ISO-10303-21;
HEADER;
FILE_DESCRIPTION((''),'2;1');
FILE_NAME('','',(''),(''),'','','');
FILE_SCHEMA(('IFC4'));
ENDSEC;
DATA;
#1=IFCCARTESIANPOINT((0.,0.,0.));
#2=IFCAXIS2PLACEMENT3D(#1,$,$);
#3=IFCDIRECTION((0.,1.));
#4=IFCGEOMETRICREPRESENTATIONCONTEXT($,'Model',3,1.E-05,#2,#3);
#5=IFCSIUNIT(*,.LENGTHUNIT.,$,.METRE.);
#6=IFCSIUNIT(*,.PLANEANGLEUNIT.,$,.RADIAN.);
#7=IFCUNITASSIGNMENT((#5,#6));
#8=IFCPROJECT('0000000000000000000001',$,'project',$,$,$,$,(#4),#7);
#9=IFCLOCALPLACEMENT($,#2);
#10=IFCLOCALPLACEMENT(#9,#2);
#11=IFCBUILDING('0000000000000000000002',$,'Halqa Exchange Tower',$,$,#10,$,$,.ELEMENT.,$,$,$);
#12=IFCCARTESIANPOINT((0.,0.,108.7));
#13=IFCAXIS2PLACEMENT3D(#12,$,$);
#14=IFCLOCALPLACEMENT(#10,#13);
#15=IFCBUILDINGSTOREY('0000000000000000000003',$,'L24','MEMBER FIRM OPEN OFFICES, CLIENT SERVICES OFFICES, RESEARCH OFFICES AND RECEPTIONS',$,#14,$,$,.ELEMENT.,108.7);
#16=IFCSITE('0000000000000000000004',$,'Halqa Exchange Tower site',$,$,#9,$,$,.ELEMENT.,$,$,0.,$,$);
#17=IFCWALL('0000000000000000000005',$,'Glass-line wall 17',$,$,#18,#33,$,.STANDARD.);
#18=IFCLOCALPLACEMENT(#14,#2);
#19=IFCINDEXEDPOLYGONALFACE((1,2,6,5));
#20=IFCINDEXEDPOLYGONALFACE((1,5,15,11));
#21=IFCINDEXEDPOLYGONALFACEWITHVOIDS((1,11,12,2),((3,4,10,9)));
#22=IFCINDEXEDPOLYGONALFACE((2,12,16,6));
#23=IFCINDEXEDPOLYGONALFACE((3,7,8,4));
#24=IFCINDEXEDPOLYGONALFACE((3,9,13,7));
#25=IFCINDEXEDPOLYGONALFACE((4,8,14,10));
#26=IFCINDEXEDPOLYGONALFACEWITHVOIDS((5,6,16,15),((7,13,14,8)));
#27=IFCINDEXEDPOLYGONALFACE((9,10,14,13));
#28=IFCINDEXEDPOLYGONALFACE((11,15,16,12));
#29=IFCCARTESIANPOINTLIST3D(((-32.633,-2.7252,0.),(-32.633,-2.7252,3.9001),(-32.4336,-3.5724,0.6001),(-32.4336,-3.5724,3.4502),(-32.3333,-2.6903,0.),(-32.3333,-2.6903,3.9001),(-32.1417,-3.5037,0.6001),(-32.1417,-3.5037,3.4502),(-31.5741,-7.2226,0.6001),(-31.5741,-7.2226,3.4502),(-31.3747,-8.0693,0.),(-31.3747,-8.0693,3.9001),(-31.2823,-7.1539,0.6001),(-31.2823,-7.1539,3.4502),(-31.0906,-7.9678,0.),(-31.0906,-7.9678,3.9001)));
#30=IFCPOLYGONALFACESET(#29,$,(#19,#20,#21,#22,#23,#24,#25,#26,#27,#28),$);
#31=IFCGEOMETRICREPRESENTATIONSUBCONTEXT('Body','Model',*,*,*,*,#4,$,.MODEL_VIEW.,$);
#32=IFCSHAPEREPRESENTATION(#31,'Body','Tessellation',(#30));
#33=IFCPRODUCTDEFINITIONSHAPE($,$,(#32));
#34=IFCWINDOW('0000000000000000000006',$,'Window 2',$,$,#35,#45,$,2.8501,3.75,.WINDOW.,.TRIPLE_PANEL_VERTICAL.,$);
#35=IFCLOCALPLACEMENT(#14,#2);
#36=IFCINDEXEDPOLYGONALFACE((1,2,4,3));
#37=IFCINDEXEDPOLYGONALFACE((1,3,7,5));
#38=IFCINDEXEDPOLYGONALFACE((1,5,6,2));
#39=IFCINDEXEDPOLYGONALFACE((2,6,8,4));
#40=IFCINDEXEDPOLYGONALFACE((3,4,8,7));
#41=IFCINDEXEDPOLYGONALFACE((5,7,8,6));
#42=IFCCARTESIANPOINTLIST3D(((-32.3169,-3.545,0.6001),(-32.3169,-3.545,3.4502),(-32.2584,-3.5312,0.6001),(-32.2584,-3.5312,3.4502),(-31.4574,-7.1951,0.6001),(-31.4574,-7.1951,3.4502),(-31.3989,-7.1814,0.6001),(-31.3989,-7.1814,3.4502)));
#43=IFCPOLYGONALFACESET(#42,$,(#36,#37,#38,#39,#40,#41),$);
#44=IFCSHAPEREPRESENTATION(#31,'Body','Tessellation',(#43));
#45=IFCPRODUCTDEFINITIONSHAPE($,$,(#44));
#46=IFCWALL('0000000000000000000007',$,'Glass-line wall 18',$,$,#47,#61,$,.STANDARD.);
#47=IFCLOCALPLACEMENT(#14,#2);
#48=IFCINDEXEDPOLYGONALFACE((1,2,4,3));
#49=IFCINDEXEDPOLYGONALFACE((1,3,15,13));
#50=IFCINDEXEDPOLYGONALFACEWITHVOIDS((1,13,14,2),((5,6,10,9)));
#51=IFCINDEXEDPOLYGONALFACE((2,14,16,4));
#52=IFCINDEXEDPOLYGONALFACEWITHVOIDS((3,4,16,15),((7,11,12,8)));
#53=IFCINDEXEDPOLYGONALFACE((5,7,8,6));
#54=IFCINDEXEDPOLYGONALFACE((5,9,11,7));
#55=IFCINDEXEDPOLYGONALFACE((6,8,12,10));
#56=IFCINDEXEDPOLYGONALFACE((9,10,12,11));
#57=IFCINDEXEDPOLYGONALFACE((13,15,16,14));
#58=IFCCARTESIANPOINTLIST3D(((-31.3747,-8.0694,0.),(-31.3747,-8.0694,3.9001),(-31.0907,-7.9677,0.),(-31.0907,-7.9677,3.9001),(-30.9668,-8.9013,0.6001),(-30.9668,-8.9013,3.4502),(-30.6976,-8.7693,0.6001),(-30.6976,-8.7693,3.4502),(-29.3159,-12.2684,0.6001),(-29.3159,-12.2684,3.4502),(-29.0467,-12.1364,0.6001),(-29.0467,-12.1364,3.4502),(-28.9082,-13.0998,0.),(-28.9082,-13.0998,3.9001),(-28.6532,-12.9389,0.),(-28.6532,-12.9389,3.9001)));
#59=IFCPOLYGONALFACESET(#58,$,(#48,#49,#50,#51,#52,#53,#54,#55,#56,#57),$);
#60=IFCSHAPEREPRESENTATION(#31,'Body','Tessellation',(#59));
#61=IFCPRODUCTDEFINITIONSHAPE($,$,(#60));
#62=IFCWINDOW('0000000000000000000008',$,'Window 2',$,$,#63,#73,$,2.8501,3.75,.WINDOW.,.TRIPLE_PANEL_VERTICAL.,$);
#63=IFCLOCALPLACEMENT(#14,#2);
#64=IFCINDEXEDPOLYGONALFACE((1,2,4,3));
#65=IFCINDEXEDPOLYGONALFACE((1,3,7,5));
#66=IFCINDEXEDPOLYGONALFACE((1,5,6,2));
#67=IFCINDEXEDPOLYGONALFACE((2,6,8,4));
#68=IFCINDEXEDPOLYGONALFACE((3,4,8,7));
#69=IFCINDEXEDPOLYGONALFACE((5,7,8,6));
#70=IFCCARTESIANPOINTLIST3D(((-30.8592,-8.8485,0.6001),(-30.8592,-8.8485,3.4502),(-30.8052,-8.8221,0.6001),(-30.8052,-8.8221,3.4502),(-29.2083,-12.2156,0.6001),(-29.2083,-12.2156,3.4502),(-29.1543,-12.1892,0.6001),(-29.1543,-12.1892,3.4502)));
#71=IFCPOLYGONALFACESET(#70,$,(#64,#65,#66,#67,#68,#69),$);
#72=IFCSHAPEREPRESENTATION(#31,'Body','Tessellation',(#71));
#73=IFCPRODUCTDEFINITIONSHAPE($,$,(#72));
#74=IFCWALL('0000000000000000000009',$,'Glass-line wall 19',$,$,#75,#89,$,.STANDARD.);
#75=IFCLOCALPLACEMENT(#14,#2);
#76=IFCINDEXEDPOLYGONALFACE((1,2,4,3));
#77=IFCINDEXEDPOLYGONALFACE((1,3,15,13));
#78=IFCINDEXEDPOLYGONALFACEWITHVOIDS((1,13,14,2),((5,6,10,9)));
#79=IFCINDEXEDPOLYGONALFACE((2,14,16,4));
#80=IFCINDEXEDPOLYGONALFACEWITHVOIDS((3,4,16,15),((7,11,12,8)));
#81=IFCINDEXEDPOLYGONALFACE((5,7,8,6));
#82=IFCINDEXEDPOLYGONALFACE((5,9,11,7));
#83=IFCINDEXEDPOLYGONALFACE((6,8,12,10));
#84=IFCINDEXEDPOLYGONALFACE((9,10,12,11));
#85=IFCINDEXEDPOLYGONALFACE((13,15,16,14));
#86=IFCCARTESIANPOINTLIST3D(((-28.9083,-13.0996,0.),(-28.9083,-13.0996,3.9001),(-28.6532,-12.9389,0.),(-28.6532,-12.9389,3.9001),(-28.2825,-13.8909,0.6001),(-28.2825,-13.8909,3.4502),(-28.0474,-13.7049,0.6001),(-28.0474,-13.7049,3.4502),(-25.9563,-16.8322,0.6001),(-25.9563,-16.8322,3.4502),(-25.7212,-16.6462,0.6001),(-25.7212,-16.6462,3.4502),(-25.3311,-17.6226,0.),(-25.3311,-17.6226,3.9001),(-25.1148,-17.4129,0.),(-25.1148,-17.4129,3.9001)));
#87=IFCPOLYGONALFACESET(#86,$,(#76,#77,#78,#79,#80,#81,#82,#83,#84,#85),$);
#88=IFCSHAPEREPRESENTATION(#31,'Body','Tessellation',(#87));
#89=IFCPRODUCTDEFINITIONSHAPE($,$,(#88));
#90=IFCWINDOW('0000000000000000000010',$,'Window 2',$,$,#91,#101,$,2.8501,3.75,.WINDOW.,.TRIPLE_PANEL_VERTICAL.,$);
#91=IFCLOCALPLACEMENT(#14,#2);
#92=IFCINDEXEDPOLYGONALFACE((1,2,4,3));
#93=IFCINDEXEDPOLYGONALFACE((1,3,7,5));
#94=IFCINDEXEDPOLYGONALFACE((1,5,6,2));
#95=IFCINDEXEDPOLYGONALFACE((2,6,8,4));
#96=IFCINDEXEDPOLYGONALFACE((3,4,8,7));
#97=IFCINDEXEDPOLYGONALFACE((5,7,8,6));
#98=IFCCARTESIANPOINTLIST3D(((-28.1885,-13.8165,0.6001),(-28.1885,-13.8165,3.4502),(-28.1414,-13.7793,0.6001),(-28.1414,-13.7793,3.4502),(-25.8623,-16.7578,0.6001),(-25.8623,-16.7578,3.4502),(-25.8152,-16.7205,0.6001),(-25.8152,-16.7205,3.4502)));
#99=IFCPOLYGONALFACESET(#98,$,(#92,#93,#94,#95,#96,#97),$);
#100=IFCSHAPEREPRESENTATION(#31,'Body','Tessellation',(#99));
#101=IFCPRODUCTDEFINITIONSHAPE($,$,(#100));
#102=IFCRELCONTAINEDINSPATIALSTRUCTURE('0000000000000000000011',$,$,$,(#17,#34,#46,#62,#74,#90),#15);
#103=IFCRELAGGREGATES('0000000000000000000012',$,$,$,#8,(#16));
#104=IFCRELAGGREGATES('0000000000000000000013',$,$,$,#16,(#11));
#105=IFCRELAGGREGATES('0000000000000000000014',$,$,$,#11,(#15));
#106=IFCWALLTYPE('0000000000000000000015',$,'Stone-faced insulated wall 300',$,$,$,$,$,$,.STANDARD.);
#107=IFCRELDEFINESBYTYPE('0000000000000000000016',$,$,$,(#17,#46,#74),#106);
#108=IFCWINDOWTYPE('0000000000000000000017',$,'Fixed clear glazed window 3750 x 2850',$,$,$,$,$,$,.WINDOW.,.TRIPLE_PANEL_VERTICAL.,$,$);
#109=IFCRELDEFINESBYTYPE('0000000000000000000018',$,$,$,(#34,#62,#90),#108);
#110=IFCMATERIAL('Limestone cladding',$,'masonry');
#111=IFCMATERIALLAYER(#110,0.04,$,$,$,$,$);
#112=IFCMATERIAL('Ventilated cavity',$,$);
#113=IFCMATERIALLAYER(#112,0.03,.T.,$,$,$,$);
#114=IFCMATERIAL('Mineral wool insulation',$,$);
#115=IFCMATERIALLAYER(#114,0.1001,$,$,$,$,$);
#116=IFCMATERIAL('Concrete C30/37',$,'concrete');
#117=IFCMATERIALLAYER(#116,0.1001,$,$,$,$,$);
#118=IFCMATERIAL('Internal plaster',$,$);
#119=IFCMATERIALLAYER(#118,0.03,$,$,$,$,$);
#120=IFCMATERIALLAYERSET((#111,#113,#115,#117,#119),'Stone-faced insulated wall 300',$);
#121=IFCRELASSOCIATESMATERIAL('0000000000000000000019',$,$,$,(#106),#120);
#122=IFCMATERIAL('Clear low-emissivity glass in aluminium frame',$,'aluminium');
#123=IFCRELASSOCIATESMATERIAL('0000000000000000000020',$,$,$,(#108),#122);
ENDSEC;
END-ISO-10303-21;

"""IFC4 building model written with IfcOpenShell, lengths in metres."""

from ifc_helpers import new_model, si_unit, direction, frame, frame_2d, origin, place, context, subcontext, project, spatial, polyline, rectangle, outline, extrude, material, layer, layer_set, type_object, element, fill, save


model = new_model("IFC4")

# Units and contexts
model_context = context("Model", 3, precision=1e-05, world=origin(), true_north=direction((0.0, 1.0)))
body_context = subcontext(model_context, "Body", "Model", "MODEL_VIEW")
ifc_project = project(units=[si_unit("LENGTHUNIT", "METRE"), si_unit("PLANEANGLEUNIT", "RADIAN")], contexts=[model_context])

# Site, building, storey
site_placement = place(None, origin())
site = spatial("IfcSite", under=ifc_project, at=site_placement, Name="Halqa Exchange Tower site", CompositionType="ELEMENT", RefElevation=0.0)
building_placement = place(site_placement, origin())
building = spatial("IfcBuilding", under=site, at=building_placement, Name="Halqa Exchange Tower", CompositionType="ELEMENT")
storey_placement = place(building_placement, frame((0.0, 0.0, 108.7)))
storey = spatial("IfcBuildingStorey", under=building, at=storey_placement, Name="L24", Description="MEMBER FIRM OPEN OFFICES, CLIENT SERVICES OFFICES, RESEARCH OFFICES AND RECEPTIONS", CompositionType="ELEMENT", Elevation=108.7)

# Walls, openings, windows
ifc_material_1 = material(Name="Limestone cladding", Category="masonry")
ifc_layer_1 = layer(ifc_material_1, 0.04)
ifc_material_2 = material(Name="Ventilated cavity")
ifc_layer_2 = layer(ifc_material_2, 0.03, ventilated=True)
ifc_material_3 = material(Name="Mineral wool insulation")
ifc_layer_3 = layer(ifc_material_3, 0.1001)
ifc_material_4 = material(Name="Concrete C30/37", Category="concrete")
ifc_layer_4 = layer(ifc_material_4, 0.1001)
ifc_material_5 = material(Name="Internal plaster")
ifc_layer_5 = layer(ifc_material_5, 0.03)
ifc_layer_set_1 = layer_set([ifc_layer_1, ifc_layer_2, ifc_layer_3, ifc_layer_4, ifc_layer_5], Name="Stone-faced insulated wall 300")
wall_type_1 = type_object("IfcWallType", Name="Stone-faced insulated wall 300", PredefinedType="STANDARD", material=ifc_layer_set_1)
wall_1_placement = place(storey_placement, frame((-32.4832, -2.7078, 0.0), z_axis=(0.0, 0.0, 1.0), x_axis=(0.229194, -0.973381, 0.0)))
wall_1 = element("IfcWall", 1, at=wall_1_placement, inside=storey, type_object=wall_type_1, Name="Glass-line wall 17", PredefinedType="STANDARD", context=body_context, shape_type="SweptSolid", body=[
    extrude(outline(polyline([(-0.0173, -0.1499), (5.4729, -0.1499), (5.4392, 0.1499), (0.0173, 0.1499), (-0.0173, -0.1499)])), origin(), (0.0, 0.0, 1.0), 3.9001),
])
opening_1_placement = place(wall_1_placement, frame((0.853, 0.0, 0.6001)))
opening_1 = element("IfcOpeningElement", 2, at=opening_1_placement, cuts=wall_1, PredefinedType="OPENING", context=body_context, shape_type="SweptSolid", body=[
    extrude(rectangle(XDim=3.75, YDim=2.8501, at=frame_2d((1.875, 1.425))), frame((0.0, 0.1621, 0.0), z_axis=(0.0, -1.0, 0.0), x_axis=(1.0, 0.0, 0.0)), (0.0, 0.0, 1.0), 0.324),
])
ifc_material_6 = material(Name="Clear low-emissivity glass in aluminium frame", Category="aluminium")
window_type = type_object("IfcWindowType", Name="Fixed clear glazed window 3750 x 2850", PartitioningType="TRIPLE_PANEL_VERTICAL", PredefinedType="WINDOW", material=ifc_material_6)
window_1_placement = place(opening_1_placement, origin())
window_1 = element("IfcWindow", 3, at=window_1_placement, inside=storey, type_object=window_type, Name="Window 2", OverallHeight=2.8501, OverallWidth=3.75, PartitioningType="TRIPLE_PANEL_VERTICAL", PredefinedType="WINDOW", context=body_context, shape_type="SweptSolid", body=[
    extrude(rectangle(XDim=3.75, YDim=2.8501, at=frame_2d((1.875, 1.425))), frame((0.0, 0.03, 0.0), z_axis=(0.0, -1.0, 0.0), x_axis=(1.0, 0.0, 0.0)), (0.0, 0.0, 1.0), 0.0601),
])
fill(opening_1, window_1)
wall_2_placement = place(storey_placement, frame((-31.2327, -8.0186, 0.0), z_axis=(0.0, 0.0, 1.0), x_axis=(0.440239, -0.897881, 0.0)))
wall_2 = element("IfcWall", 4, at=wall_2_placement, inside=storey, type_object=wall_type_1, Name="Glass-line wall 18", PredefinedType="STANDARD", context=body_context, shape_type="SweptSolid", body=[
    extrude(outline(polyline([(-0.0168, -0.1499), (5.5857, -0.1499), (5.5535, 0.1499), (0.0168, 0.1499), (-0.0168, -0.1499)])), origin(), (0.0, 0.0, 1.0), 3.9001),
])
opening_2_placement = place(wall_2_placement, frame((0.9097, 0.0, 0.6001)))
opening_2 = element("IfcOpeningElement", 5, at=opening_2_placement, cuts=wall_2, PredefinedType="OPENING", context=body_context, shape_type="SweptSolid", body=[
    extrude(rectangle(XDim=3.75, YDim=2.8501, at=frame_2d((1.875, 1.425))), frame((0.0, 0.1621, 0.0), z_axis=(0.0, -1.0, 0.0), x_axis=(1.0, 0.0, 0.0)), (0.0, 0.0, 1.0), 0.324),
])
window_2_placement = place(opening_2_placement, origin())
window_2 = element("IfcWindow", 6, at=window_2_placement, inside=storey, type_object=window_type, Name="Window 2", OverallHeight=2.8501, OverallWidth=3.75, PartitioningType="TRIPLE_PANEL_VERTICAL", PredefinedType="WINDOW", context=body_context, shape_type="SweptSolid", body=[
    extrude(rectangle(XDim=3.75, YDim=2.8501, at=frame_2d((1.875, 1.425))), frame((0.0, 0.03, 0.0), z_axis=(0.0, -1.0, 0.0), x_axis=(1.0, 0.0, 0.0)), (0.0, 0.0, 1.0), 0.0601),
])
fill(opening_2, window_2)
wall_3_placement = place(storey_placement, frame((-28.7808, -13.0193, 0.0), z_axis=(0.0, 0.0, 1.0), x_axis=(0.62033, -0.784341, 0.0)))
wall_3 = element("IfcWall", 7, at=wall_3_placement, inside=storey, type_object=wall_type_1, Name="Glass-line wall 19", PredefinedType="STANDARD", context=body_context, shape_type="SweptSolid", body=[
    extrude(outline(polyline([(-0.0161, -0.1499), (5.7505, -0.1499), (5.7202, 0.1499), (0.0161, 0.1499), (-0.0161, -0.1499)])), origin(), (0.0, 0.0, 1.0), 3.9001),
])
opening_3_placement = place(wall_3_placement, frame((0.9927, 0.0, 0.6001)))
opening_3 = element("IfcOpeningElement", 8, at=opening_3_placement, cuts=wall_3, PredefinedType="OPENING", context=body_context, shape_type="SweptSolid", body=[
    extrude(rectangle(XDim=3.75, YDim=2.8501, at=frame_2d((1.875, 1.425))), frame((0.0, 0.1621, 0.0), z_axis=(0.0, -1.0, 0.0), x_axis=(1.0, 0.0, 0.0)), (0.0, 0.0, 1.0), 0.324),
])
window_3_placement = place(opening_3_placement, origin())
window_3 = element("IfcWindow", 9, at=window_3_placement, inside=storey, type_object=window_type, Name="Window 2", OverallHeight=2.8501, OverallWidth=3.75, PartitioningType="TRIPLE_PANEL_VERTICAL", PredefinedType="WINDOW", context=body_context, shape_type="SweptSolid", body=[
    extrude(rectangle(XDim=3.75, YDim=2.8501, at=frame_2d((1.875, 1.425))), frame((0.0, 0.03, 0.0), z_axis=(0.0, -1.0, 0.0), x_axis=(1.0, 0.0, 0.0)), (0.0, 0.0, 1.0), 0.0601),
])
fill(opening_3, window_3)

save(model, "model.ifc")
